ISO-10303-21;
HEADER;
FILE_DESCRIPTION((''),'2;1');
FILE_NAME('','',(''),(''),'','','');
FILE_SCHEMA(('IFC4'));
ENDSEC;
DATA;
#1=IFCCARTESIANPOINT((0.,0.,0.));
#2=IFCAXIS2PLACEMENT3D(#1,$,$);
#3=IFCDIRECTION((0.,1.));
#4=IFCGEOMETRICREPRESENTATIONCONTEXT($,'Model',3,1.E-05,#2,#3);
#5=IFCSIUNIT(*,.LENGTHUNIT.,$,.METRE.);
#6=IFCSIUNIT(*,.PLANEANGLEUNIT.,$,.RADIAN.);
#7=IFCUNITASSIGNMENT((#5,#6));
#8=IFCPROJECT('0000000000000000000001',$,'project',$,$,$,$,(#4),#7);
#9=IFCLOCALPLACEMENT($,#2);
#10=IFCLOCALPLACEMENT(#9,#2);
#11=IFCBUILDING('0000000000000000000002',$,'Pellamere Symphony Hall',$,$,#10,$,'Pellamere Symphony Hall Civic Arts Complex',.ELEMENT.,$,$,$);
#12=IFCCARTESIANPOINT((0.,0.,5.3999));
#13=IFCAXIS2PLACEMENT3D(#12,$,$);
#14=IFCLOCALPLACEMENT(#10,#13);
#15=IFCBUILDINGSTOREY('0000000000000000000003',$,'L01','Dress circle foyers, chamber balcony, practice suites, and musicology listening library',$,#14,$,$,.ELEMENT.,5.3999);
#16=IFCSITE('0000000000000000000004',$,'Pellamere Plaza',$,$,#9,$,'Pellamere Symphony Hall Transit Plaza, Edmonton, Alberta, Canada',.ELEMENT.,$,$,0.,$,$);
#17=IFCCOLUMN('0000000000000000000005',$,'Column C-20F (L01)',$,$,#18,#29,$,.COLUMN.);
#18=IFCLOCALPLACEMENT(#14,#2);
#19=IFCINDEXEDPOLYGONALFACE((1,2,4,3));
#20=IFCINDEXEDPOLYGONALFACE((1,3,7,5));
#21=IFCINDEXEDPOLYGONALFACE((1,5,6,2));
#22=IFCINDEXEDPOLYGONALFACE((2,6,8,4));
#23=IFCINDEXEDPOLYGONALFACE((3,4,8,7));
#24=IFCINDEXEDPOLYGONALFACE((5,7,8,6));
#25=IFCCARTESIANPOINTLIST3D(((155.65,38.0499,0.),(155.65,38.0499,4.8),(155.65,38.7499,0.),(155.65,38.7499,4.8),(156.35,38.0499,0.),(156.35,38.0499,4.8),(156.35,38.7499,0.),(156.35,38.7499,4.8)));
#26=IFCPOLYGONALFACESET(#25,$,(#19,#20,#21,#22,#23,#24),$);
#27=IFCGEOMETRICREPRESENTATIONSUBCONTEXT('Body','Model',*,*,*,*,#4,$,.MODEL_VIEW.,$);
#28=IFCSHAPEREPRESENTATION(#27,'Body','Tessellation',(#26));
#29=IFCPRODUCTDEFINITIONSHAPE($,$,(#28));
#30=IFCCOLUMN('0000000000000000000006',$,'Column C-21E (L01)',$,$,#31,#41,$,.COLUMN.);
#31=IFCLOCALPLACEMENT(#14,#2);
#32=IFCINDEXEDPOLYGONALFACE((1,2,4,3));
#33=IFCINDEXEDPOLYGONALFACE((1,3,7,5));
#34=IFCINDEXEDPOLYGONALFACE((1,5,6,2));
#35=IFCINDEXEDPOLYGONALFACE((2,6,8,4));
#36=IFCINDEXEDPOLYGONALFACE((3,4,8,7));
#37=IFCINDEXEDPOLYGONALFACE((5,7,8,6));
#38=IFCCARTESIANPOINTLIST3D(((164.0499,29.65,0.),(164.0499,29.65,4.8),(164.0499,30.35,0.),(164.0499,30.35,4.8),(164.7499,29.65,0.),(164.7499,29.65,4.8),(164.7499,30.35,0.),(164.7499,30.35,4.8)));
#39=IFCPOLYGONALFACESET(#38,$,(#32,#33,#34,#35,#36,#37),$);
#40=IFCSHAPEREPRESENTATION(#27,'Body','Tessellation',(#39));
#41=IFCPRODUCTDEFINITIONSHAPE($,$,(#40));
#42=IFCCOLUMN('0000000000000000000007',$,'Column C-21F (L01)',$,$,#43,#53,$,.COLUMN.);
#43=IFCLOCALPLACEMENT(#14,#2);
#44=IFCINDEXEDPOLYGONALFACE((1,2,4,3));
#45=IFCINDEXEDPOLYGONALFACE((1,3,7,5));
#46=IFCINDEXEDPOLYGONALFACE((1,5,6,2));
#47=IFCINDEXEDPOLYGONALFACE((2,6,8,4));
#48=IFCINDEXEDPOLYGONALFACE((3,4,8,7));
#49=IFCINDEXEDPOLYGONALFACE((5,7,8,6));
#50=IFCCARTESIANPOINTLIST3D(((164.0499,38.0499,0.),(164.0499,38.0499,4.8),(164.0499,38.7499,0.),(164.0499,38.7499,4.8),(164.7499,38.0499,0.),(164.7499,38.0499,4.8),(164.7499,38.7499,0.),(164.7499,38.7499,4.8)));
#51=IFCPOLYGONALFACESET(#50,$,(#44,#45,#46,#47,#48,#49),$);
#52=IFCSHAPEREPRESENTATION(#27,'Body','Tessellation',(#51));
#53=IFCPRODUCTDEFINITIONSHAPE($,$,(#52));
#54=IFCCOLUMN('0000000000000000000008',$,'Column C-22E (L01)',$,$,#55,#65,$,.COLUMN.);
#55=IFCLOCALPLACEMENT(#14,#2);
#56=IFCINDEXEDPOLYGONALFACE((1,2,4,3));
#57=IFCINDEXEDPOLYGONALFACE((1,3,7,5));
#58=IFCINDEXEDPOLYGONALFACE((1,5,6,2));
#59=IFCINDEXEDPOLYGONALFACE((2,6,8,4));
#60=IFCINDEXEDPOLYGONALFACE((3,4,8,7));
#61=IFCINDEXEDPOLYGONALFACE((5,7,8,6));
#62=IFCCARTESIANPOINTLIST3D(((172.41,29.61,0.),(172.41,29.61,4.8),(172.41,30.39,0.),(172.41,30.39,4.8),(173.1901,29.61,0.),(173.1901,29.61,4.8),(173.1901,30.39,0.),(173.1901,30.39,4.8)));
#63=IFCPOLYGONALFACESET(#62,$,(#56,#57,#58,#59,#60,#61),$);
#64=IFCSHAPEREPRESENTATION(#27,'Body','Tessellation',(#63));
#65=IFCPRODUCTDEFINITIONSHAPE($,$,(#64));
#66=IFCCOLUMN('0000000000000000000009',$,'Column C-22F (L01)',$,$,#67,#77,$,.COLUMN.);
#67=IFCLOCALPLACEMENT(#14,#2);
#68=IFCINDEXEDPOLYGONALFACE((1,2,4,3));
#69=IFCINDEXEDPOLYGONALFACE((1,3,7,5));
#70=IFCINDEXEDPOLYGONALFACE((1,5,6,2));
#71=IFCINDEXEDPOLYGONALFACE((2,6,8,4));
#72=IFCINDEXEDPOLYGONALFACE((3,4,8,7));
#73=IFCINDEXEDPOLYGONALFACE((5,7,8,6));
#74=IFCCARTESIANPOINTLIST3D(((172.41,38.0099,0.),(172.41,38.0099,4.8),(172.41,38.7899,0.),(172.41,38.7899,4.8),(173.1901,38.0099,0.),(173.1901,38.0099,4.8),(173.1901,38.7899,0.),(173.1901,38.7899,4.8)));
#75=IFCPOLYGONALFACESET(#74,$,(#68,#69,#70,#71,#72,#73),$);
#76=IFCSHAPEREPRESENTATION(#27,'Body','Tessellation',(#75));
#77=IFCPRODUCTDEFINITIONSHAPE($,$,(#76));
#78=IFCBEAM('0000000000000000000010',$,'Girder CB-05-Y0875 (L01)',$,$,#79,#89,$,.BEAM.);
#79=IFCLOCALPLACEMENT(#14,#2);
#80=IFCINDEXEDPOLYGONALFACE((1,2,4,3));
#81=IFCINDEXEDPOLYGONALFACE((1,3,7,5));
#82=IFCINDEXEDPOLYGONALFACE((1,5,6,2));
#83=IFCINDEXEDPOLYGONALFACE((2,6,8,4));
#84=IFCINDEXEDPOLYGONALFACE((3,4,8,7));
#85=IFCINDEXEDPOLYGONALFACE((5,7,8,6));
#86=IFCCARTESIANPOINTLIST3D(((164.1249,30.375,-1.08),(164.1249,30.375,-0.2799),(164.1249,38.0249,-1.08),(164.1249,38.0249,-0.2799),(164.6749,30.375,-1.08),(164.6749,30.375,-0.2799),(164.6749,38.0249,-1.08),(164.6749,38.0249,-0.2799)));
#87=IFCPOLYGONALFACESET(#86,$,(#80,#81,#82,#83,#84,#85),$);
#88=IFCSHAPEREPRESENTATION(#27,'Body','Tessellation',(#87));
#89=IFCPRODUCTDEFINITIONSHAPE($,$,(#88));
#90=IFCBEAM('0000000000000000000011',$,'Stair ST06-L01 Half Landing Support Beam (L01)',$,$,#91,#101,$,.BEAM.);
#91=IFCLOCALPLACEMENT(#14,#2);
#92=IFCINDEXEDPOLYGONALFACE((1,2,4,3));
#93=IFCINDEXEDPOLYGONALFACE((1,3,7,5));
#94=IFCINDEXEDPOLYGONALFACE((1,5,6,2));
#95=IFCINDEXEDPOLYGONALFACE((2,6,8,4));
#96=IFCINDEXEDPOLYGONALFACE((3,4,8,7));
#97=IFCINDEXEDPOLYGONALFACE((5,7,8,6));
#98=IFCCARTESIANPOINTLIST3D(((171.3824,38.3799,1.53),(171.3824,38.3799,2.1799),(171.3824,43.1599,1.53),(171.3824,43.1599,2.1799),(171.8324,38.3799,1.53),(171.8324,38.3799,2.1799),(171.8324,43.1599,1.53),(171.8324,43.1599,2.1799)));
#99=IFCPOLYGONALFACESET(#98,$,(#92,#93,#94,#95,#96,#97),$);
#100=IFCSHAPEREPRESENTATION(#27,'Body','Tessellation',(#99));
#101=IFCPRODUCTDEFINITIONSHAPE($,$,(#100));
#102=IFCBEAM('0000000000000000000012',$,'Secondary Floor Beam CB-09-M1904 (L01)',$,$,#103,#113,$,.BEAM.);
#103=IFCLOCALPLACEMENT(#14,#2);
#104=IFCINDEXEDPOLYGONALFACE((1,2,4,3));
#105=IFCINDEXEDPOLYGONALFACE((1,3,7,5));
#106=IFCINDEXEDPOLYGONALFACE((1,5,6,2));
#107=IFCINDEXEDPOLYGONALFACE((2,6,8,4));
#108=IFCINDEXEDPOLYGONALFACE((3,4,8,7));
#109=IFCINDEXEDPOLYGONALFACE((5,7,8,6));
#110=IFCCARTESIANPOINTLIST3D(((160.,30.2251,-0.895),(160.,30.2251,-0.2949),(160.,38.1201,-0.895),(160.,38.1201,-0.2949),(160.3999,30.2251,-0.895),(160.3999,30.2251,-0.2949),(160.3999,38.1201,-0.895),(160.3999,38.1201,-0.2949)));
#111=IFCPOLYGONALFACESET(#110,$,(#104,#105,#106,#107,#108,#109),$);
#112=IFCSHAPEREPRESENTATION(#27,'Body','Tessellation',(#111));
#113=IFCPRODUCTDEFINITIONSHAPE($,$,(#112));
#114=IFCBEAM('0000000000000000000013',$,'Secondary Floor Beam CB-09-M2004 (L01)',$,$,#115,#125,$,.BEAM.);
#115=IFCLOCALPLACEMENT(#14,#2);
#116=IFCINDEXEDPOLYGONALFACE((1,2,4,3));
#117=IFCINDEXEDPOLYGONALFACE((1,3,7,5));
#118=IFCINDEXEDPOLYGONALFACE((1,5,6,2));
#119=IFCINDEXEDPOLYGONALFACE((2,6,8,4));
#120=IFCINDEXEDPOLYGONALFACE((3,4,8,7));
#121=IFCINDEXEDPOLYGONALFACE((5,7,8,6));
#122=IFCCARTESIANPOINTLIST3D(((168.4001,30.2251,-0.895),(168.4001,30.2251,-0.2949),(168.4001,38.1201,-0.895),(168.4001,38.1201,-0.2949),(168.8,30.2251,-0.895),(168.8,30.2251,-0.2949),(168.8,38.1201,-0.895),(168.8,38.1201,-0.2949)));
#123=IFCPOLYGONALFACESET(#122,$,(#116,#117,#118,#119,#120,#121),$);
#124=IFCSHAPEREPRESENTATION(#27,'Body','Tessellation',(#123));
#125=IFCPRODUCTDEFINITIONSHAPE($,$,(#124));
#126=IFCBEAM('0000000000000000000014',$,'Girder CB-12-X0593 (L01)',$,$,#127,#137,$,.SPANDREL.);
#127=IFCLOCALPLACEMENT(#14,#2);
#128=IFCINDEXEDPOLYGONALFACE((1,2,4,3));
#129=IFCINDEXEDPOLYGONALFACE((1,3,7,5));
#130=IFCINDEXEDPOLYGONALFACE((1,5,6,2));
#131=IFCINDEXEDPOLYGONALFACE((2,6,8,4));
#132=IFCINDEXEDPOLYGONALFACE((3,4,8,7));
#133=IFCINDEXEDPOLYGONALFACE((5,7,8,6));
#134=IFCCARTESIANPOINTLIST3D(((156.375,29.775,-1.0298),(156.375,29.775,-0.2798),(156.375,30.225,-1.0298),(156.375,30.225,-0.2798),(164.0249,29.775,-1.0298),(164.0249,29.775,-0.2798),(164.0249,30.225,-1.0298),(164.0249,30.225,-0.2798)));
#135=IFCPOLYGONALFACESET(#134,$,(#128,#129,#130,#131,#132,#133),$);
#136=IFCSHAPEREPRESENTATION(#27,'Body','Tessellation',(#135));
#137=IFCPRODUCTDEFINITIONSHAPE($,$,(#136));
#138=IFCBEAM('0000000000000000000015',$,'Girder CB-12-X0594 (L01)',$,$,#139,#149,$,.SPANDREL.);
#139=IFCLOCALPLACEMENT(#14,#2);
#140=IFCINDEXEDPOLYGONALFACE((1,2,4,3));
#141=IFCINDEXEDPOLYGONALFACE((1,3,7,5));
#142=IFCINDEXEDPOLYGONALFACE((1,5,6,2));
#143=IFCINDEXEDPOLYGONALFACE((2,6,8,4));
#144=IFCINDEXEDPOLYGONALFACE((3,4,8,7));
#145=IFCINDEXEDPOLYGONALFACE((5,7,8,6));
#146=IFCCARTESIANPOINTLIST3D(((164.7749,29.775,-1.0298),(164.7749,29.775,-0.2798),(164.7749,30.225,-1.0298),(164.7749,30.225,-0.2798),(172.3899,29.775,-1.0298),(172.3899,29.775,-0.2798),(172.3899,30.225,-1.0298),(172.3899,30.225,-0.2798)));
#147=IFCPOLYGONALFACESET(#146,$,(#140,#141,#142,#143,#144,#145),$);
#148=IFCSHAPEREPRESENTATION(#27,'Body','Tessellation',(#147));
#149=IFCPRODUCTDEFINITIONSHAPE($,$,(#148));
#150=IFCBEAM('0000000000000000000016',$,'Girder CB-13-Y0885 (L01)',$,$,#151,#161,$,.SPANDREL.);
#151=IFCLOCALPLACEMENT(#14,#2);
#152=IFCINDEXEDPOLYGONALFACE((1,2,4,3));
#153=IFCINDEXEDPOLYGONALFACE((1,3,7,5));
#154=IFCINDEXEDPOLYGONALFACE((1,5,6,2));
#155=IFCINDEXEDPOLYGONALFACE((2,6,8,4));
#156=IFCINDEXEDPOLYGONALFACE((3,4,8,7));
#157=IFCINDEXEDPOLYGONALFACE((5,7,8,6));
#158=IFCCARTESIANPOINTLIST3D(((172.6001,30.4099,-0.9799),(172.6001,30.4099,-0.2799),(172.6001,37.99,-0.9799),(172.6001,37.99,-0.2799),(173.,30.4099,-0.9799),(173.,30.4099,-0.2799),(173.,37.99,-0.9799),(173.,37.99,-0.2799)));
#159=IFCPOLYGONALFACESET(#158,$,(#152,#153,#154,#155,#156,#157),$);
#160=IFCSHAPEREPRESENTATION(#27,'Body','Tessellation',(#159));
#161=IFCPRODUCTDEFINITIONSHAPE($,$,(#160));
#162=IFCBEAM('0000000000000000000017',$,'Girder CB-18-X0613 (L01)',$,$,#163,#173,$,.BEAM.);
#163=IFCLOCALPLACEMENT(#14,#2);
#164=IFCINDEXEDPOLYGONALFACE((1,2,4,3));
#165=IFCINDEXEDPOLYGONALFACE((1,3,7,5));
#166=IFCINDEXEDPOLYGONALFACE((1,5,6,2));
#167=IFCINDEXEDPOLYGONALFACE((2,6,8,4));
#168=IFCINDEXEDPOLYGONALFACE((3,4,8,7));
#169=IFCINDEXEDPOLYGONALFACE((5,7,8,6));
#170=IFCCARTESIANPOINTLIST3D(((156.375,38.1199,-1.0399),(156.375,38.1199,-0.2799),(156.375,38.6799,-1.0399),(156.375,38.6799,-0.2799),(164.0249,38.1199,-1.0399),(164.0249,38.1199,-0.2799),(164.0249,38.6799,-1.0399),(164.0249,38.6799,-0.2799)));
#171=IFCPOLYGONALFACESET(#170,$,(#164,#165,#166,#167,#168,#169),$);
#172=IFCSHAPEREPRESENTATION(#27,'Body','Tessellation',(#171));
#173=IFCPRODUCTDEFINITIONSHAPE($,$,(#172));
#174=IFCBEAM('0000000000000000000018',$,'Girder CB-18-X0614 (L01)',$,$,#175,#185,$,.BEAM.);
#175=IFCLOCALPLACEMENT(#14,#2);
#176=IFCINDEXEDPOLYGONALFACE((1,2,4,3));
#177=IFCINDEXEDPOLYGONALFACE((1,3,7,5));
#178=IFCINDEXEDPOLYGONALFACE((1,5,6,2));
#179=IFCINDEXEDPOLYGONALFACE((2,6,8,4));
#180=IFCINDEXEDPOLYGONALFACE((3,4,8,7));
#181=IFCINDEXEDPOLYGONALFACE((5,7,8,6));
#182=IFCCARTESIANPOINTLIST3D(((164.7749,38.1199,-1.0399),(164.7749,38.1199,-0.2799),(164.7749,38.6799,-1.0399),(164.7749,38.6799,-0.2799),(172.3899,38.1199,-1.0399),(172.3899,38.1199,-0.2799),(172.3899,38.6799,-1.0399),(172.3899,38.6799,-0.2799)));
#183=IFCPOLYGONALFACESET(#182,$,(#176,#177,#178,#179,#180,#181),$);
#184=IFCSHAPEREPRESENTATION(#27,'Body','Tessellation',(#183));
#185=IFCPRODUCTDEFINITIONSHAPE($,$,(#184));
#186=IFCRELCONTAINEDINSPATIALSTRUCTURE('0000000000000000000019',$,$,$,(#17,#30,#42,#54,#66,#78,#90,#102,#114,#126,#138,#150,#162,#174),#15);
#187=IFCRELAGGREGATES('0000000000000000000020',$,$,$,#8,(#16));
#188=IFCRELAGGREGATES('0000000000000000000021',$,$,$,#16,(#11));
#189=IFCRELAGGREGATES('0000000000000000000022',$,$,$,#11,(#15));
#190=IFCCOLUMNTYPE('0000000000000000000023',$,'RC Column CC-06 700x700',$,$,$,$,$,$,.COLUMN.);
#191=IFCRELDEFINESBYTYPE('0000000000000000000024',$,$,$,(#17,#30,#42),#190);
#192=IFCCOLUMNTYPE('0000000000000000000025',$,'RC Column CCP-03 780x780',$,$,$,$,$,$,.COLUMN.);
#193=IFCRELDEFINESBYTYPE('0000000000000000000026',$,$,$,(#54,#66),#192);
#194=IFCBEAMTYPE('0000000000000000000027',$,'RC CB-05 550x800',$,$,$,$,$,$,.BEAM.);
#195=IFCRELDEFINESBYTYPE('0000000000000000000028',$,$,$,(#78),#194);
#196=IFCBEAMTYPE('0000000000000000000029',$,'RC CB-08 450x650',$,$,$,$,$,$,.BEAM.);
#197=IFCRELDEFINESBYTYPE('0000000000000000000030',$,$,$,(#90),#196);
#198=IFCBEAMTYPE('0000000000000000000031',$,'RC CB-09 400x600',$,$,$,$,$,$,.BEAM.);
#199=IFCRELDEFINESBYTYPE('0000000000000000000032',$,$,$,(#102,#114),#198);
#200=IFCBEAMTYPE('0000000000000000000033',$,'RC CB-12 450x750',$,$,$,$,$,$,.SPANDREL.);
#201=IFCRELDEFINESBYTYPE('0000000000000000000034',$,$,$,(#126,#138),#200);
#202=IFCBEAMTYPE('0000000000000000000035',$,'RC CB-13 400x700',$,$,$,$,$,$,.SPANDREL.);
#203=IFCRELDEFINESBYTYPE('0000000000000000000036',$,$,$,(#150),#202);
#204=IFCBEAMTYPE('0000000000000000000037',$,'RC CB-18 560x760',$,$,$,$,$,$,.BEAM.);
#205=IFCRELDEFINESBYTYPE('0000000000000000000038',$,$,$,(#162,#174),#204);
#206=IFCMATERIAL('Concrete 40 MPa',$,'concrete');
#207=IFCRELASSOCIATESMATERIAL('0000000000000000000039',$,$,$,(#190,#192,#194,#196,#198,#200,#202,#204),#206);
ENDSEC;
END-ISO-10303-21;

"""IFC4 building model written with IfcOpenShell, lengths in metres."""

from ifc_helpers import new_model, si_unit, direction, frame, origin, origin_2d, place, context, subcontext, project, spatial, rectangle, extrude, material, material_profile, profile_set, type_object, element, save


model = new_model("IFC4")

# Units and contexts
model_context = context("Model", 3, precision=1e-05, world=origin(), true_north=direction((0.0, 1.0)))
body_context = subcontext(model_context, "Body", "Model", "MODEL_VIEW")
ifc_project = project(units=[si_unit("LENGTHUNIT", "METRE"), si_unit("PLANEANGLEUNIT", "RADIAN")], contexts=[model_context])

# Site, building, storey
site_placement = place(None, origin())
site = spatial("IfcSite", under=ifc_project, at=site_placement, Name="Pellamere Plaza", LongName="Pellamere Symphony Hall Transit Plaza, Edmonton, Alberta, Canada", CompositionType="ELEMENT", RefElevation=0.0)
building_placement = place(site_placement, origin())
building = spatial("IfcBuilding", under=site, at=building_placement, Name="Pellamere Symphony Hall", LongName="Pellamere Symphony Hall Civic Arts Complex", CompositionType="ELEMENT")
storey_placement = place(building_placement, frame((0.0, 0.0, 5.3999)))
storey = spatial("IfcBuildingStorey", under=building, at=storey_placement, Name="L01", Description="Dress circle foyers, chamber balcony, practice suites, and musicology listening library", CompositionType="ELEMENT", Elevation=5.3999)

# Columns
ifc_material_1 = material(Name="Concrete 40 MPa", Category="concrete")
ifc_material_profile_1 = material_profile(ifc_material_1, rectangle(XDim=0.7, YDim=0.7, at=origin_2d()), Name="RC 700x700")
ifc_profile_set_1 = profile_set([ifc_material_profile_1], Name="Concrete 40 MPa")
column_type_1 = type_object("IfcColumnType", Name="RC Column CC-06 700x700", PredefinedType="COLUMN", material=ifc_profile_set_1)
for number, where, z_axis, x_axis, name in (
    (1, (156.0, 38.3999, 0.0), (0.0, 0.0, 1.0), (1.0, 0.0, 0.0), "Column C-20F (L01)"),
    (2, (164.3999, 30.0, 0.0), (0.0, 0.0, 1.0), (1.0, 0.0, 0.0), "Column C-21E (L01)"),
    (3, (164.3999, 38.3999, 0.0), (0.0, 0.0, 1.0), (1.0, 0.0, 0.0), "Column C-21F (L01)"),
):
    element("IfcColumn", number, at=place(storey_placement, frame(where, z_axis=z_axis, x_axis=x_axis)), inside=storey, type_object=column_type_1, Name=name, PredefinedType="COLUMN", context=body_context, shape_type="SweptSolid", body=[
        extrude(rectangle(XDim=0.7, YDim=0.7, at=origin_2d()), origin(), (0.0, 0.0, 1.0), 4.8),
    ])
ifc_material_profile_2 = material_profile(ifc_material_1, rectangle(XDim=0.78, YDim=0.78, at=origin_2d()), Name="RC 780x780")
ifc_profile_set_2 = profile_set([ifc_material_profile_2], Name="Concrete 40 MPa")
column_type_2 = type_object("IfcColumnType", Name="RC Column CCP-03 780x780", PredefinedType="COLUMN", material=ifc_profile_set_2)
for number, where, z_axis, x_axis, name in (
    (4, (172.8, 30.0, 0.0), (0.0, 0.0, 1.0), (1.0, 0.0, 0.0), "Column C-22E (L01)"),
    (5, (172.8, 38.3999, 0.0), (0.0, 0.0, 1.0), (1.0, 0.0, 0.0), "Column C-22F (L01)"),
):
    element("IfcColumn", number, at=place(storey_placement, frame(where, z_axis=z_axis, x_axis=x_axis)), inside=storey, type_object=column_type_2, Name=name, PredefinedType="COLUMN", context=body_context, shape_type="SweptSolid", body=[
        extrude(rectangle(XDim=0.78, YDim=0.78, at=origin_2d()), origin(), (0.0, 0.0, 1.0), 4.8),
    ])

# Beams
ifc_material_profile_3 = material_profile(ifc_material_1, rectangle(XDim=0.55, YDim=0.8, at=origin_2d()), Name="RC 550x800")
ifc_profile_set_3 = profile_set([ifc_material_profile_3], Name="Concrete 40 MPa")
beam_type_1 = type_object("IfcBeamType", Name="RC CB-05 550x800", PredefinedType="BEAM", material=ifc_profile_set_3)
beam_1_placement = place(storey_placement, frame((164.3999, 30.375, -0.6799), z_axis=(0.0, 1.0, 0.0), x_axis=(-1.0, 0.0, 0.0)))
element("IfcBeam", 6, at=beam_1_placement, inside=storey, type_object=beam_type_1, Name="Girder CB-05-Y0875 (L01)", PredefinedType="BEAM", context=body_context, shape_type="SweptSolid", body=[
    extrude(rectangle(XDim=0.55, YDim=0.8, at=origin_2d()), origin(), (0.0, 0.0, 1.0), 7.6499),
])
ifc_material_profile_4 = material_profile(ifc_material_1, rectangle(XDim=0.45, YDim=0.6499, at=origin_2d()), Name="RC 450x650")
ifc_profile_set_4 = profile_set([ifc_material_profile_4], Name="Concrete 40 MPa")
beam_type_2 = type_object("IfcBeamType", Name="RC CB-08 450x650", PredefinedType="BEAM", material=ifc_profile_set_4)
beam_2_placement = place(storey_placement, frame((171.6074, 38.3799, 1.855), z_axis=(0.0, 1.0, 0.0), x_axis=(-1.0, 0.0, 0.0)))
element("IfcBeam", 7, at=beam_2_placement, inside=storey, type_object=beam_type_2, Name="Stair ST06-L01 Half Landing Support Beam (L01)", PredefinedType="BEAM", context=body_context, shape_type="SweptSolid", body=[
    extrude(rectangle(XDim=0.45, YDim=0.6499, at=origin_2d()), origin(), (0.0, 0.0, 1.0), 4.78),
])
ifc_material_profile_5 = material_profile(ifc_material_1, rectangle(XDim=0.3999, YDim=0.6001, at=origin_2d()), Name="RC 400x600")
ifc_profile_set_5 = profile_set([ifc_material_profile_5], Name="Concrete 40 MPa")
beam_type_3 = type_object("IfcBeamType", Name="RC CB-09 400x600", PredefinedType="BEAM", material=ifc_profile_set_5)
for number, where, z_axis, x_axis, name in (
    (8, (160.2, 30.2251, -0.595), (0.0, 1.0, 0.0), (-1.0, 0.0, 0.0), "Secondary Floor Beam CB-09-M1904 (L01)"),
    (9, (168.6001, 30.2251, -0.595), (0.0, 1.0, 0.0), (-1.0, 0.0, 0.0), "Secondary Floor Beam CB-09-M2004 (L01)"),
):
    element("IfcBeam", number, at=place(storey_placement, frame(where, z_axis=z_axis, x_axis=x_axis)), inside=storey, type_object=beam_type_3, Name=name, PredefinedType="BEAM", context=body_context, shape_type="SweptSolid", body=[
        extrude(rectangle(XDim=0.3999, YDim=0.6001, at=origin_2d()), origin(), (0.0, 0.0, 1.0), 7.895),
    ])
ifc_material_profile_6 = material_profile(ifc_material_1, rectangle(XDim=0.45, YDim=0.75, at=origin_2d()), Name="RC 450x750")
ifc_profile_set_6 = profile_set([ifc_material_profile_6], Name="Concrete 40 MPa")
beam_type_4 = type_object("IfcBeamType", Name="RC CB-12 450x750", PredefinedType="SPANDREL", material=ifc_profile_set_6)
beam_3_placement = place(storey_placement, frame((156.375, 30.0, -0.6548), z_axis=(1.0, 0.0, 0.0), x_axis=(0.0, 1.0, 0.0)))
element("IfcBeam", 10, at=beam_3_placement, inside=storey, type_object=beam_type_4, Name="Girder CB-12-X0593 (L01)", PredefinedType="SPANDREL", context=body_context, shape_type="SweptSolid", body=[
    extrude(rectangle(XDim=0.45, YDim=0.75, at=origin_2d()), origin(), (0.0, 0.0, 1.0), 7.6499),
])
beam_4_placement = place(storey_placement, frame((164.7749, 30.0, -0.6548), z_axis=(1.0, 0.0, 0.0), x_axis=(0.0, 1.0, 0.0)))
element("IfcBeam", 11, at=beam_4_placement, inside=storey, type_object=beam_type_4, Name="Girder CB-12-X0594 (L01)", PredefinedType="SPANDREL", context=body_context, shape_type="SweptSolid", body=[
    extrude(rectangle(XDim=0.45, YDim=0.75, at=origin_2d()), origin(), (0.0, 0.0, 1.0), 7.615),
])
ifc_material_profile_7 = material_profile(ifc_material_1, rectangle(XDim=0.3999, YDim=0.7, at=origin_2d()), Name="RC 400x700")
ifc_profile_set_7 = profile_set([ifc_material_profile_7], Name="Concrete 40 MPa")
beam_type_5 = type_object("IfcBeamType", Name="RC CB-13 400x700", PredefinedType="SPANDREL", material=ifc_profile_set_7)
beam_5_placement = place(storey_placement, frame((172.8, 30.4099, -0.6299), z_axis=(0.0, 1.0, 0.0), x_axis=(-1.0, 0.0, 0.0)))
element("IfcBeam", 12, at=beam_5_placement, inside=storey, type_object=beam_type_5, Name="Girder CB-13-Y0885 (L01)", PredefinedType="SPANDREL", context=body_context, shape_type="SweptSolid", body=[
    extrude(rectangle(XDim=0.3999, YDim=0.7, at=origin_2d()), origin(), (0.0, 0.0, 1.0), 7.5801),
])
ifc_material_profile_8 = material_profile(ifc_material_1, rectangle(XDim=0.5601, YDim=0.76, at=origin_2d()), Name="RC 560x760")
ifc_profile_set_8 = profile_set([ifc_material_profile_8], Name="Concrete 40 MPa")
beam_type_6 = type_object("IfcBeamType", Name="RC CB-18 560x760", PredefinedType="BEAM", material=ifc_profile_set_8)
beam_6_placement = place(storey_placement, frame((156.375, 38.3999, -0.6599), z_axis=(1.0, 0.0, 0.0), x_axis=(0.0, 1.0, 0.0)))
element("IfcBeam", 13, at=beam_6_placement, inside=storey, type_object=beam_type_6, Name="Girder CB-18-X0613 (L01)", PredefinedType="BEAM", context=body_context, shape_type="SweptSolid", body=[
    extrude(rectangle(XDim=0.5601, YDim=0.76, at=origin_2d()), origin(), (0.0, 0.0, 1.0), 7.6499),
])
beam_7_placement = place(storey_placement, frame((164.7749, 38.3999, -0.6599), z_axis=(1.0, 0.0, 0.0), x_axis=(0.0, 1.0, 0.0)))
element("IfcBeam", 14, at=beam_7_placement, inside=storey, type_object=beam_type_6, Name="Girder CB-18-X0614 (L01)", PredefinedType="BEAM", context=body_context, shape_type="SweptSolid", body=[
    extrude(rectangle(XDim=0.5601, YDim=0.76, at=origin_2d()), origin(), (0.0, 0.0, 1.0), 7.615),
])

save(model, "model.ifc")
